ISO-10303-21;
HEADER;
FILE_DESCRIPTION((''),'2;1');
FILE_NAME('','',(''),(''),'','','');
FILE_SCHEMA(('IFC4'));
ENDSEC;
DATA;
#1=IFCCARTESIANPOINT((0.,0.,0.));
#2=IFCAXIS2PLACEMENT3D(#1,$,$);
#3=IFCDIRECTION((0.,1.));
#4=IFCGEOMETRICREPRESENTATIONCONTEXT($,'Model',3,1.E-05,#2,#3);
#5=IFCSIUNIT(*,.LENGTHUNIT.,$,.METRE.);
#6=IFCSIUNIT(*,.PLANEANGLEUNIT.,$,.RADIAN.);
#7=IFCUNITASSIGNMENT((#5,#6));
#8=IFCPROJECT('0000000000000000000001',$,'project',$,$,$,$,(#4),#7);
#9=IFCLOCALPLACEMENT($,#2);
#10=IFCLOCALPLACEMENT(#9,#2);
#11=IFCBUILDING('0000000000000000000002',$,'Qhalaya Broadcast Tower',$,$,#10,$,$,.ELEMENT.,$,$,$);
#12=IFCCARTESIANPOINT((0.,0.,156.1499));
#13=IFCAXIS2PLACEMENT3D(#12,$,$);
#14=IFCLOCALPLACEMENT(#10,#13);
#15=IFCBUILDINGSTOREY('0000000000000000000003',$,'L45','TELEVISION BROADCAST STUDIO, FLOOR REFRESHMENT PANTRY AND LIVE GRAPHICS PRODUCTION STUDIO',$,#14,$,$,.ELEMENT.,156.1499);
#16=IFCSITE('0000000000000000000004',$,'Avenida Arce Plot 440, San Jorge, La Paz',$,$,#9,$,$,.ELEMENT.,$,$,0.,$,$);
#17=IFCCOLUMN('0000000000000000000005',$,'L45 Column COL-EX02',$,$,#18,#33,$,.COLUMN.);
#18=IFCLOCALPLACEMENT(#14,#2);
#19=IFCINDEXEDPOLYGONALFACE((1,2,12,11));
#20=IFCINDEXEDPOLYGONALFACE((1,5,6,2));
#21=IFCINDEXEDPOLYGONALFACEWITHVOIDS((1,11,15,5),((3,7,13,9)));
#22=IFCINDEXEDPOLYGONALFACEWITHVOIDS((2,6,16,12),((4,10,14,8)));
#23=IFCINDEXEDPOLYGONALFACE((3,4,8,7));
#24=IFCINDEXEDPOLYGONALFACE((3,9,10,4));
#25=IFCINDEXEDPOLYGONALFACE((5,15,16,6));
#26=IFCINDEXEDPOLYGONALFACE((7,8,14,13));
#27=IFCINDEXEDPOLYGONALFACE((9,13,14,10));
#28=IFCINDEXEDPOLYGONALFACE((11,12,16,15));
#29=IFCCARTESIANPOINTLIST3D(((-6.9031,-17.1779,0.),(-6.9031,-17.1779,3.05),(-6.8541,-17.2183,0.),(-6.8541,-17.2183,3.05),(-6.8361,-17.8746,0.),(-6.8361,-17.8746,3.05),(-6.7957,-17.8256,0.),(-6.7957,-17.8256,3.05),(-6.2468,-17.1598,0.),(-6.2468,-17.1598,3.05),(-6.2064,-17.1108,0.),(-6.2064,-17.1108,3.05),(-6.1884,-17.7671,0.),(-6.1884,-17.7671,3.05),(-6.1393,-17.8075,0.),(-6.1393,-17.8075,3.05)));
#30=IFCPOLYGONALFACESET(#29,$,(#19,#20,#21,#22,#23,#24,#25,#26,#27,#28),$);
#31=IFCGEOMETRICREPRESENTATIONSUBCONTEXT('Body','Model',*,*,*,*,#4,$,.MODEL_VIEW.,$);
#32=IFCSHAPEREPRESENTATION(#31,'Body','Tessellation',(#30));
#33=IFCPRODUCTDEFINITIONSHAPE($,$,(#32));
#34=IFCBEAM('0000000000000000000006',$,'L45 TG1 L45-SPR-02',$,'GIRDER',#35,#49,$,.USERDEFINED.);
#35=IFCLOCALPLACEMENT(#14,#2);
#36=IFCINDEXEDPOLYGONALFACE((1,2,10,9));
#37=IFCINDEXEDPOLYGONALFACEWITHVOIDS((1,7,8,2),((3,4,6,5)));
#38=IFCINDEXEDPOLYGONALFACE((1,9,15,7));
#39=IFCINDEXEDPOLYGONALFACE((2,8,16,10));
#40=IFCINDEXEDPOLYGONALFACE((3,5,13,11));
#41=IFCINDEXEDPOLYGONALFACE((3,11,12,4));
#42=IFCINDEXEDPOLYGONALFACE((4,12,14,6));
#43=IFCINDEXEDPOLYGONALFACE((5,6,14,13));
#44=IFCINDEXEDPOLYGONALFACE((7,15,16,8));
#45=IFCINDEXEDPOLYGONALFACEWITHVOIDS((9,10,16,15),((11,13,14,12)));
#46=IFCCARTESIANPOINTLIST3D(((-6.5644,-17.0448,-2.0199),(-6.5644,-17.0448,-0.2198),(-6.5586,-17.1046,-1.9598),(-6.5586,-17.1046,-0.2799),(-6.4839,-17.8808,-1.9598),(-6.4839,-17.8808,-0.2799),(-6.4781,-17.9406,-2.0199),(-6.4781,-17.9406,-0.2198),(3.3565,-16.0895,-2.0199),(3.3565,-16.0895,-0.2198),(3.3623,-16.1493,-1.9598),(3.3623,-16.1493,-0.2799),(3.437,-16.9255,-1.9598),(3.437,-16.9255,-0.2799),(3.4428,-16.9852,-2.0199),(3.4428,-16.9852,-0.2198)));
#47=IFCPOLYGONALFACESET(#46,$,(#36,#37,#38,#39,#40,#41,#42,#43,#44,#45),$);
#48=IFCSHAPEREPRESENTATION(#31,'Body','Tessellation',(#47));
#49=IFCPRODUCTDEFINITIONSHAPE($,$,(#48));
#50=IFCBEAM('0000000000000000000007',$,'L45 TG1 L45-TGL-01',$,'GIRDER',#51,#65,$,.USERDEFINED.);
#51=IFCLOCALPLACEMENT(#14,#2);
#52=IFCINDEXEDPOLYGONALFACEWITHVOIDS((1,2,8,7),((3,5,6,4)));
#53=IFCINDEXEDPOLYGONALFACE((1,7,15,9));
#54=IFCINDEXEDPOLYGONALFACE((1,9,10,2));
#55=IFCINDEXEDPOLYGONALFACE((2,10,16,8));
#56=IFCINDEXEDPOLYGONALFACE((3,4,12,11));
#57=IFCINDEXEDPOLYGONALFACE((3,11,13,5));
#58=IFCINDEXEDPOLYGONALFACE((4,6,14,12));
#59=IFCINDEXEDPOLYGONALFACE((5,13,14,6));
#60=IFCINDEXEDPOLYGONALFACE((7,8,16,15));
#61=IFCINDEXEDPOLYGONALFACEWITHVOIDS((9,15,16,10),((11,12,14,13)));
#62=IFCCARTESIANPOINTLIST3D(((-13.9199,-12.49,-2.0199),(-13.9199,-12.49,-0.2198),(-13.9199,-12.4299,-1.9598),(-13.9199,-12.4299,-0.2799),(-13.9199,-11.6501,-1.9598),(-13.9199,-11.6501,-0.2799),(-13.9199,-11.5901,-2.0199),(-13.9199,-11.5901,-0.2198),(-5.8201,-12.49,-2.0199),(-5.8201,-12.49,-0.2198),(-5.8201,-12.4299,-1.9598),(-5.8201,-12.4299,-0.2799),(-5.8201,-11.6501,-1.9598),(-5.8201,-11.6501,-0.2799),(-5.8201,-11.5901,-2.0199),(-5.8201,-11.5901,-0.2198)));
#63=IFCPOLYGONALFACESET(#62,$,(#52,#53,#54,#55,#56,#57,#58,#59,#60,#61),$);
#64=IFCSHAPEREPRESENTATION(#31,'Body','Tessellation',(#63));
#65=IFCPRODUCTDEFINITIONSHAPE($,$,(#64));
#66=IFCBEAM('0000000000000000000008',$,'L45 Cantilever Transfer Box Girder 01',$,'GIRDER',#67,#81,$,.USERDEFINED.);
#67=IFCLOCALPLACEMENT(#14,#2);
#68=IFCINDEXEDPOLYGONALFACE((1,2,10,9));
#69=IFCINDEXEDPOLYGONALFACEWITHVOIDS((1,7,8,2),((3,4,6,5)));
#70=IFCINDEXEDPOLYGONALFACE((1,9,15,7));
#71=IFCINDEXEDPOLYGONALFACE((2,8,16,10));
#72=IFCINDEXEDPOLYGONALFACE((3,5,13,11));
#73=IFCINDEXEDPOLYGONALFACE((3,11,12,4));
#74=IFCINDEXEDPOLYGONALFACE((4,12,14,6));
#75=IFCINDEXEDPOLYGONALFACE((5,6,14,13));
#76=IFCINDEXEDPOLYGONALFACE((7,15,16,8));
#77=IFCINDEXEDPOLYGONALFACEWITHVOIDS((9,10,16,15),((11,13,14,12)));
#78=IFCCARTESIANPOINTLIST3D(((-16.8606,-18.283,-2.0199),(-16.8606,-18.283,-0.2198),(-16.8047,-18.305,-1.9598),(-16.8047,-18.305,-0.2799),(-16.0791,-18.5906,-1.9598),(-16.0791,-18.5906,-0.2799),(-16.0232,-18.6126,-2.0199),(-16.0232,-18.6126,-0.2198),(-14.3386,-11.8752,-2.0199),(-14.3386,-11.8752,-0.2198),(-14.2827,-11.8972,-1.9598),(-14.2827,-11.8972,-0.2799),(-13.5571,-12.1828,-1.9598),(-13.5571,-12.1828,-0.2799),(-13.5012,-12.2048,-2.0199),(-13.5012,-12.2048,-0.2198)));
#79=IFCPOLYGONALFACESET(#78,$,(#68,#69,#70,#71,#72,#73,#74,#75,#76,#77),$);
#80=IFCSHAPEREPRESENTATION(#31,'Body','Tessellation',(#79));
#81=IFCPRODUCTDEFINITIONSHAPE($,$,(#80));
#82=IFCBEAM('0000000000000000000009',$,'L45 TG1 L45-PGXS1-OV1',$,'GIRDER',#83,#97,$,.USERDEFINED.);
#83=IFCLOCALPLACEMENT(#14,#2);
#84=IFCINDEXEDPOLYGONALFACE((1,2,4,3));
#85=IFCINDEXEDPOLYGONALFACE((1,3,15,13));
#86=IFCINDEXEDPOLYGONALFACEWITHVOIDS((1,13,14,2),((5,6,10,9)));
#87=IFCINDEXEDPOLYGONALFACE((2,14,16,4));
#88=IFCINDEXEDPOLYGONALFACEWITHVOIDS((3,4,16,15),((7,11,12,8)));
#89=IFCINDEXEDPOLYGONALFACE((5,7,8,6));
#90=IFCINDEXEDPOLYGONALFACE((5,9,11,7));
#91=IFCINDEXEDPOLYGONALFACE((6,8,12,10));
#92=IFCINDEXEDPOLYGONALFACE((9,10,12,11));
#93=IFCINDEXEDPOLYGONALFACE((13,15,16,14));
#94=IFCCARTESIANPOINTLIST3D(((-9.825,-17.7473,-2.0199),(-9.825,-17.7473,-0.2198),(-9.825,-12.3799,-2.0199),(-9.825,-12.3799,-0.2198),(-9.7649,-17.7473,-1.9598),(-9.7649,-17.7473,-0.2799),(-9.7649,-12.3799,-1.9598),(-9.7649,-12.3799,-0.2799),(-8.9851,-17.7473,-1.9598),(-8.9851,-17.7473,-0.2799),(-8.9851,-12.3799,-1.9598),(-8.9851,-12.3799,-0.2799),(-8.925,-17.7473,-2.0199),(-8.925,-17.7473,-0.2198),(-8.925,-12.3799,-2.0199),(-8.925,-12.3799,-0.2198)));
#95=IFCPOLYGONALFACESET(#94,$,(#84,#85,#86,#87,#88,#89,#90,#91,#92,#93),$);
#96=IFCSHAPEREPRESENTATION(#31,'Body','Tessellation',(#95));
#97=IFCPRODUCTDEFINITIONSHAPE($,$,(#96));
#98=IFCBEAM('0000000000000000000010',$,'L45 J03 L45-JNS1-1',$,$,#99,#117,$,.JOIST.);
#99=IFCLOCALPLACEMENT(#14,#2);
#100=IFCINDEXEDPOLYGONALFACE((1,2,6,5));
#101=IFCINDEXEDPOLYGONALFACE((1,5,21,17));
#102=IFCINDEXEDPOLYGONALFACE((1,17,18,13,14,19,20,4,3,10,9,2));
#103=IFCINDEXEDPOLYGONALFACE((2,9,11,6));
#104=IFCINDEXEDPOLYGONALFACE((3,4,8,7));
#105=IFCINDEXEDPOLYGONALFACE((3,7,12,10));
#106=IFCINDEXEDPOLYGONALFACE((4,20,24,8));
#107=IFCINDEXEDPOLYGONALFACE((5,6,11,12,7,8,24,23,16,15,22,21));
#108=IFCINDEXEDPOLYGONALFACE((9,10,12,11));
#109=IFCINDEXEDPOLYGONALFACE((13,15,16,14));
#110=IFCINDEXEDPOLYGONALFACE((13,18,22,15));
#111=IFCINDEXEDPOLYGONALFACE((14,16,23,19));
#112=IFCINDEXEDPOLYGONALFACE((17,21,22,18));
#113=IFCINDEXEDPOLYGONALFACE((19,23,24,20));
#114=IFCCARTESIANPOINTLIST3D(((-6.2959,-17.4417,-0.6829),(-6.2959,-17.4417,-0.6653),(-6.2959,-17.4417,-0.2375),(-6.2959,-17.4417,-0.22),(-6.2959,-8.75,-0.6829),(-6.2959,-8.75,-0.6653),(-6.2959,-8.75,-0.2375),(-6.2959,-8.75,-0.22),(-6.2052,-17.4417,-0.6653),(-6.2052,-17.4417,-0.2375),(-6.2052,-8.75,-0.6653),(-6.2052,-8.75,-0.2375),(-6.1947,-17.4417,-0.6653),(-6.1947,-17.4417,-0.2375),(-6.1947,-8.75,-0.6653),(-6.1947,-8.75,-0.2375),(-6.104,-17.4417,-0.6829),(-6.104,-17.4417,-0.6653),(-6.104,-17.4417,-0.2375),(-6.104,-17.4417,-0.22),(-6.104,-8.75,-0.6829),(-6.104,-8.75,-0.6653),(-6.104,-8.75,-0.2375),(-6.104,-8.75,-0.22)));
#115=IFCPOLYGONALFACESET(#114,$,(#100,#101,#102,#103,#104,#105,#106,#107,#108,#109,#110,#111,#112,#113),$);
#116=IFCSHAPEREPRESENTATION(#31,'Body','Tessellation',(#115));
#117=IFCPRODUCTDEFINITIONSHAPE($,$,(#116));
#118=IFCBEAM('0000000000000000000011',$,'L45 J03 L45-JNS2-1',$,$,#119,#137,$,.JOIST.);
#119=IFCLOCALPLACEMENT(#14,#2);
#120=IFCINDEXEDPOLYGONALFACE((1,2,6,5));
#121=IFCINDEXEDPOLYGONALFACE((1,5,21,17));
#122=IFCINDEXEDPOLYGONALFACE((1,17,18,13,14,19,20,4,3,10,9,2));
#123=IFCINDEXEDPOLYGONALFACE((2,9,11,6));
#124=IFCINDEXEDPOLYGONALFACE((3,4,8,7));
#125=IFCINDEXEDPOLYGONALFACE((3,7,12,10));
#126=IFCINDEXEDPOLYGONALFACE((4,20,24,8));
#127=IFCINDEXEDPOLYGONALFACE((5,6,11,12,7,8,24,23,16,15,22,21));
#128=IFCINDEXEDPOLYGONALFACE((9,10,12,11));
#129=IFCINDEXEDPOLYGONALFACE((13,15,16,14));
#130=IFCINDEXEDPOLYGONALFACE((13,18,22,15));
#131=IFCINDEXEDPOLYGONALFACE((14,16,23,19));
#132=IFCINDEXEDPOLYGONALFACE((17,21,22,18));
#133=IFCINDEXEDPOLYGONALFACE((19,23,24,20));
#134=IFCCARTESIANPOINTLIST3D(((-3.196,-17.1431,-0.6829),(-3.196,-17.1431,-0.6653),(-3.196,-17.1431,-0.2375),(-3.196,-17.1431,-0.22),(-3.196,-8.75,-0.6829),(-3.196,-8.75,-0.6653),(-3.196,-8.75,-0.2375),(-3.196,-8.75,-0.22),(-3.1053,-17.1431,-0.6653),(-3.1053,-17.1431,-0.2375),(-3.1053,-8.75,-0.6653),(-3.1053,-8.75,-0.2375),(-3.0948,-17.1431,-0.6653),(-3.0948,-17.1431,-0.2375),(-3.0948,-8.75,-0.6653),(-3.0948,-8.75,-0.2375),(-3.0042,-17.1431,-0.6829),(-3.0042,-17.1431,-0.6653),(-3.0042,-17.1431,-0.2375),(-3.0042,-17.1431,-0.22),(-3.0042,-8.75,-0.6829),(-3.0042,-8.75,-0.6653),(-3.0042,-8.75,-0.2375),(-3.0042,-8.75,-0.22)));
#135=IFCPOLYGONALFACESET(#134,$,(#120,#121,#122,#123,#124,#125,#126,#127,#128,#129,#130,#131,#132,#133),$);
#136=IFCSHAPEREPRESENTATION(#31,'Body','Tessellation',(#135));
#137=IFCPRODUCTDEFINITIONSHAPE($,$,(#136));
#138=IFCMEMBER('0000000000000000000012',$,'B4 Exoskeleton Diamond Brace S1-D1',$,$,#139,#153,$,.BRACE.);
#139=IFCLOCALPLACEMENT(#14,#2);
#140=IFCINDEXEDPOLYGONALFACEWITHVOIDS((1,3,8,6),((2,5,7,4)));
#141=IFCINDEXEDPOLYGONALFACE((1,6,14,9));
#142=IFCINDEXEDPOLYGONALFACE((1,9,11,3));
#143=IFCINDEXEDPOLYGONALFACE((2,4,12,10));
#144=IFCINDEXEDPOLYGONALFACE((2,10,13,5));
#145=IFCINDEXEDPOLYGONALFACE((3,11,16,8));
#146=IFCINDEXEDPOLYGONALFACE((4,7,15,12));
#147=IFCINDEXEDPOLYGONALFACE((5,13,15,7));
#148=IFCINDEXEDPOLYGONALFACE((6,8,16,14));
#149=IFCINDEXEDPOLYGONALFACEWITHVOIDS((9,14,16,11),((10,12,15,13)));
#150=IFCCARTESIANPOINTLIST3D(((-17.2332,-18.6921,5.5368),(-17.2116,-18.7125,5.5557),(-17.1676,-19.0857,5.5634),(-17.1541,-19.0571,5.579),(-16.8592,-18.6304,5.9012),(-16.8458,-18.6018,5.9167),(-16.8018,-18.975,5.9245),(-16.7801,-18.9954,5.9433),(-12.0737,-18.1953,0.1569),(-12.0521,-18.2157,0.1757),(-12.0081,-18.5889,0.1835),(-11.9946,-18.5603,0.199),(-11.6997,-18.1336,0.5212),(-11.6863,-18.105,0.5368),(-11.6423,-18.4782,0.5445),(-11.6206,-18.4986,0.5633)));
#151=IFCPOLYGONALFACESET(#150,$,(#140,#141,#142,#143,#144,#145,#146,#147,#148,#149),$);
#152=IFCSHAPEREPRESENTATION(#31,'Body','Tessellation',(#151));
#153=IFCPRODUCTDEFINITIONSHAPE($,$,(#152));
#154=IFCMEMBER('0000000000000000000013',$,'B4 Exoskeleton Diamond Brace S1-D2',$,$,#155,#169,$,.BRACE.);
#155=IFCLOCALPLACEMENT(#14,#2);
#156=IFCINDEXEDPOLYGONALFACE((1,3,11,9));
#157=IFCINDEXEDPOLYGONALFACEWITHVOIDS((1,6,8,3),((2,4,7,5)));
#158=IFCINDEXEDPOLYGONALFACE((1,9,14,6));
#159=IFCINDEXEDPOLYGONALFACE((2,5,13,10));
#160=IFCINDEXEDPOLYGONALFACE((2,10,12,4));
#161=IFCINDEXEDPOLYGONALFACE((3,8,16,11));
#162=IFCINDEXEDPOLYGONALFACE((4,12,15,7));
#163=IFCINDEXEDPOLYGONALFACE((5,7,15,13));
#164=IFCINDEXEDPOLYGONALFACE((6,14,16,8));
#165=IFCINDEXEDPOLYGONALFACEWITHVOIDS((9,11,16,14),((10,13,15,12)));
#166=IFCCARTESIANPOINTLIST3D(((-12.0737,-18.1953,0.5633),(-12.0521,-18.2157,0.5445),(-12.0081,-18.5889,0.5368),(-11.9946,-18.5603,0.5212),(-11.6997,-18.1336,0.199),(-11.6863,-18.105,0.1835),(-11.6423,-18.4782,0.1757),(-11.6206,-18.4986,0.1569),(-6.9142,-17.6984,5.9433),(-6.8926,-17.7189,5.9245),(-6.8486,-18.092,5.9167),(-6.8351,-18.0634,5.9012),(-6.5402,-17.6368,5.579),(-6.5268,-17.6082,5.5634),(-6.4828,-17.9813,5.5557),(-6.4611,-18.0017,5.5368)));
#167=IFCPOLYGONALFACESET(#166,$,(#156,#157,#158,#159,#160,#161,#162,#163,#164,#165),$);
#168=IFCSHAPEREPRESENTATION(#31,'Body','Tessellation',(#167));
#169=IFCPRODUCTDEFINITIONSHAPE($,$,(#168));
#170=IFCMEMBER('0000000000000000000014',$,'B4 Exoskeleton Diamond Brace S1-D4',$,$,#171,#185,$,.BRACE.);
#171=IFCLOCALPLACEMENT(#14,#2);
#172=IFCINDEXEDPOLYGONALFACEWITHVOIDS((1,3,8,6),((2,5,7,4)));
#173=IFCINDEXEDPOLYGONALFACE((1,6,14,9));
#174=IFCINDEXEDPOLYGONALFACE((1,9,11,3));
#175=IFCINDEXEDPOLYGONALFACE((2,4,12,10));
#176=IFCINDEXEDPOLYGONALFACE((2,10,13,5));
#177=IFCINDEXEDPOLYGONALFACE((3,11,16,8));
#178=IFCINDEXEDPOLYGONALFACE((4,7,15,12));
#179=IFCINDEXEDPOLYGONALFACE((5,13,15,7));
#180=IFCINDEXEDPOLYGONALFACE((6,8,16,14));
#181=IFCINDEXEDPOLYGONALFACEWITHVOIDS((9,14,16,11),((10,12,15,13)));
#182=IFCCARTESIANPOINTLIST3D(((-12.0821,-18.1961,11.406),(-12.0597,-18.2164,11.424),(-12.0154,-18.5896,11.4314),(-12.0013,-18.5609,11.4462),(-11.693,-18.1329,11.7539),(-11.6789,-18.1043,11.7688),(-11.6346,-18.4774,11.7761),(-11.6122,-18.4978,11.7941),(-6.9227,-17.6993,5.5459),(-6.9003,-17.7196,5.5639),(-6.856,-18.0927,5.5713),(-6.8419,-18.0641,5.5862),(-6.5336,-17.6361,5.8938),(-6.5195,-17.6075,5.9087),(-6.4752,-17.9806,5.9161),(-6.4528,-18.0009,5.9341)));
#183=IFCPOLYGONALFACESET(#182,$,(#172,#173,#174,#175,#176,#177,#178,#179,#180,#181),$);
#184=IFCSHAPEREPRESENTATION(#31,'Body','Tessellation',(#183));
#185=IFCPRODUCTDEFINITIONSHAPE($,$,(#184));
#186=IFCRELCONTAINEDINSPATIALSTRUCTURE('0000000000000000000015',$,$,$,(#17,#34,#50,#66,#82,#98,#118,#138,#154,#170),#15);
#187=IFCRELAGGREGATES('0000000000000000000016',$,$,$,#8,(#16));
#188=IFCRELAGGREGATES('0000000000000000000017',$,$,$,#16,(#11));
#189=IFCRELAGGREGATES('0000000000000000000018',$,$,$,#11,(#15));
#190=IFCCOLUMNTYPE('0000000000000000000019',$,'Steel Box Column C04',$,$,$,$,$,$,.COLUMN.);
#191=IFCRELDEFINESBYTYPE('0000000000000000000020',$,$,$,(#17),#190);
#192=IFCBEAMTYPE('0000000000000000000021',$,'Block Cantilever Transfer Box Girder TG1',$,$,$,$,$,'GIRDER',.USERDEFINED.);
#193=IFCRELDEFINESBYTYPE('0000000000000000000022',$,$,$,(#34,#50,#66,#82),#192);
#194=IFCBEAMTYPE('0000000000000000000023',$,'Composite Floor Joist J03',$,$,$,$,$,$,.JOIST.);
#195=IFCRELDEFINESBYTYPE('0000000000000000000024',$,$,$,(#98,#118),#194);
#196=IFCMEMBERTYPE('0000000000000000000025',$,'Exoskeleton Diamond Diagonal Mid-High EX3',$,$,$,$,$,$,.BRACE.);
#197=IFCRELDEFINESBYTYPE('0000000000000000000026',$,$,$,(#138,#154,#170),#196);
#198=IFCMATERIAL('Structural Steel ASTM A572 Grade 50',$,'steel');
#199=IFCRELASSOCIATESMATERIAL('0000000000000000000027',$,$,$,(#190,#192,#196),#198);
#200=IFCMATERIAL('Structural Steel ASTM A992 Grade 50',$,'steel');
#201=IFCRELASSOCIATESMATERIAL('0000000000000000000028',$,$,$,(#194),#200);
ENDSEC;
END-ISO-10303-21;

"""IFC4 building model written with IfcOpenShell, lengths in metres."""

from ifc_helpers import new_model, si_unit, direction, frame, origin, origin_2d, place, context, subcontext, project, spatial, hollow_rectangle, i_section, extrude, material, material_profile, profile_set, type_object, element, save


model = new_model("IFC4")

# Units and contexts
model_context = context("Model", 3, precision=1e-05, world=origin(), true_north=direction((0.0, 1.0)))
body_context = subcontext(model_context, "Body", "Model", "MODEL_VIEW")
ifc_project = project(units=[si_unit("LENGTHUNIT", "METRE"), si_unit("PLANEANGLEUNIT", "RADIAN")], contexts=[model_context])

# Site, building, storey
site_placement = place(None, origin())
site = spatial("IfcSite", under=ifc_project, at=site_placement, Name="Avenida Arce Plot 440, San Jorge, La Paz", CompositionType="ELEMENT", RefElevation=0.0)
building_placement = place(site_placement, origin())
building = spatial("IfcBuilding", under=site, at=building_placement, Name="Qhalaya Broadcast Tower", CompositionType="ELEMENT")
storey_placement = place(building_placement, frame((0.0, 0.0, 156.1499)))
storey = spatial("IfcBuildingStorey", under=building, at=storey_placement, Name="L45", Description="TELEVISION BROADCAST STUDIO, FLOOR REFRESHMENT PANTRY AND LIVE GRAPHICS PRODUCTION STUDIO", CompositionType="ELEMENT", Elevation=156.1499)

# Column
ifc_material_1 = material(Name="Structural Steel ASTM A572 Grade 50", Category="steel")
ifc_material_profile_1 = material_profile(ifc_material_1, hollow_rectangle(XDim=0.7, YDim=0.7, WallThickness=0.0449, at=origin_2d()), Name="BOX 700x700x45")
ifc_profile_set_1 = profile_set([ifc_material_profile_1], Name="Structural Steel ASTM A572 Grade 50")
column_type = type_object("IfcColumnType", Name="Steel Box Column C04", PredefinedType="COLUMN", material=ifc_profile_set_1)
column_placement = place(storey_placement, frame((-6.5212, -17.4927, 0.0), z_axis=(0.0, 0.0, 1.0), x_axis=(0.995396, 0.095846, 0.0)))
element("IfcColumn", 1, at=column_placement, inside=storey, type_object=column_type, Name="L45 Column COL-EX02", PredefinedType="COLUMN", context=body_context, shape_type="SweptSolid", body=[
    extrude(hollow_rectangle(XDim=0.7, YDim=0.7, WallThickness=0.0449, at=origin_2d()), origin(), (0.0, 0.0, 1.0), 3.05),
])

# Beams
ifc_material_profile_2 = material_profile(ifc_material_1, hollow_rectangle(XDim=0.8999, YDim=1.8, WallThickness=0.0601, at=origin_2d()), Name="BOX 900x1800x60")
ifc_profile_set_2 = profile_set([ifc_material_profile_2], Name="Structural Steel ASTM A572 Grade 50")
beam_type_1 = type_object("IfcBeamType", Name="Block Cantilever Transfer Box Girder TG1", ElementType="GIRDER", PredefinedType="USERDEFINED", material=ifc_profile_set_2)
beam_1_placement = place(storey_placement, frame((-6.5212, -17.4927, -1.1199), z_axis=(0.995396, 0.095851, 0.0), x_axis=(-0.095851, 0.995396, 0.0)))
element("IfcBeam", 2, at=beam_1_placement, inside=storey, type_object=beam_type_1, Name="L45 TG1 L45-SPR-02", ObjectType="GIRDER", PredefinedType="USERDEFINED", context=body_context, shape_type="SweptSolid", body=[
    extrude(hollow_rectangle(XDim=0.8999, YDim=1.8, WallThickness=0.0601, at=origin_2d()), origin(), (0.0, 0.0, 1.0), 9.9668),
])
beam_2_placement = place(storey_placement, frame((-13.9199, -12.04, -1.1199), z_axis=(1.0, 0.0, 0.0), x_axis=(0.0, 1.0, 0.0)))
element("IfcBeam", 3, at=beam_2_placement, inside=storey, type_object=beam_type_1, Name="L45 TG1 L45-TGL-01", ObjectType="GIRDER", PredefinedType="USERDEFINED", context=body_context, shape_type="SweptSolid", body=[
    extrude(hollow_rectangle(XDim=0.8999, YDim=1.8, WallThickness=0.0601, at=origin_2d()), origin(), (0.0, 0.0, 1.0), 8.0999),
])
beam_3_placement = place(storey_placement, frame((-13.9199, -12.04, -1.1199), z_axis=(-0.366238, -0.930521, 0.0), x_axis=(0.930521, -0.366238, 0.0)))
element("IfcBeam", 4, at=beam_3_placement, inside=storey, type_object=beam_type_1, Name="L45 Cantilever Transfer Box Girder 01", ObjectType="GIRDER", PredefinedType="USERDEFINED", context=body_context, shape_type="SweptSolid", body=[
    extrude(hollow_rectangle(XDim=0.8999, YDim=1.8, WallThickness=0.0601, at=origin_2d()), origin(), (0.0, 0.0, 1.0), 6.8862),
])
beam_4_placement = place(storey_placement, frame((-9.375, -17.7473, -1.1199), z_axis=(0.0, 1.0, 0.0), x_axis=(-1.0, 0.0, 0.0)))
element("IfcBeam", 5, at=beam_4_placement, inside=storey, type_object=beam_type_1, Name="L45 TG1 L45-PGXS1-OV1", ObjectType="GIRDER", PredefinedType="USERDEFINED", context=body_context, shape_type="SweptSolid", body=[
    extrude(hollow_rectangle(XDim=0.8999, YDim=1.8, WallThickness=0.0601, at=origin_2d()), origin(), (0.0, 0.0, 1.0), 5.3674),
])
ifc_material_2 = material(Name="Structural Steel ASTM A992 Grade 50", Category="steel")
ifc_material_profile_3 = material_profile(ifc_material_2, i_section(OverallWidth=0.1919, OverallDepth=0.4629, WebThickness=0.0105, FlangeThickness=0.0176, at=origin_2d()), Name="W18X60")
ifc_profile_set_3 = profile_set([ifc_material_profile_3], Name="Structural Steel ASTM A992 Grade 50")
beam_type_2 = type_object("IfcBeamType", Name="Composite Floor Joist J03", PredefinedType="JOIST", material=ifc_profile_set_3)
beam_5_placement = place(storey_placement, frame((-6.2, -17.4417, -0.4514), z_axis=(0.0, 1.0, 0.0), x_axis=(-1.0, 0.0, 0.0)))
element("IfcBeam", 6, at=beam_5_placement, inside=storey, type_object=beam_type_2, Name="L45 J03 L45-JNS1-1", PredefinedType="JOIST", context=body_context, shape_type="SweptSolid", body=[
    extrude(i_section(OverallWidth=0.1919, OverallDepth=0.4629, WebThickness=0.0105, FlangeThickness=0.0176, at=origin_2d()), origin(), (0.0, 0.0, 1.0), 8.6917),
])
beam_6_placement = place(storey_placement, frame((-3.1001, -17.1431, -0.4514), z_axis=(0.0, 1.0, 0.0), x_axis=(-1.0, 0.0, 0.0)))
element("IfcBeam", 7, at=beam_6_placement, inside=storey, type_object=beam_type_2, Name="L45 J03 L45-JNS2-1", PredefinedType="JOIST", context=body_context, shape_type="SweptSolid", body=[
    extrude(i_section(OverallWidth=0.1919, OverallDepth=0.4629, WebThickness=0.0105, FlangeThickness=0.0176, at=origin_2d()), origin(), (0.0, 0.0, 1.0), 8.3931),
])

# Members
ifc_material_profile_4 = material_profile(ifc_material_1, hollow_rectangle(XDim=0.3999, YDim=0.55, WallThickness=0.0249, at=origin_2d()), Name="BOX 400x550x25")
ifc_profile_set_4 = profile_set([ifc_material_profile_4], Name="Structural Steel ASTM A572 Grade 50")
member_type_1 = type_object("IfcMemberType", Name="Exoskeleton Diamond Diagonal Mid-High EX3", PredefinedType="BRACE", material=ifc_profile_set_4)
for number, where, z_axis, x_axis, name in (
    (8, (-11.8472, -18.3469, 0.3601), (-0.690632, -0.066504, 0.720142), (0.164115, -0.984197, 0.0665), "B4 Exoskeleton Diamond Brace S1-D1"),
    (9, (-11.8472, -18.3469, 0.3601), (0.690632, 0.066504, 0.720142), (-0.164115, 0.984197, 0.0665), "B4 Exoskeleton Diamond Brace S1-D2"),
):
    element("IfcMember", number, at=place(storey_placement, frame(where, z_axis=z_axis, x_axis=x_axis)), inside=storey, type_object=member_type_1, Name=name, PredefinedType="BRACE", context=body_context, shape_type="SweptSolid", body=[
        extrude(hollow_rectangle(XDim=0.3999, YDim=0.55, WallThickness=0.0249, at=origin_2d()), origin(), (0.0, 0.0, 1.0), 7.4707),
    ])
for number, where, z_axis, x_axis, name in (
    (10, (-6.6877, -17.8501, 5.74), (-0.659477, -0.063504, 0.749038), (0.166872, -0.983932, 0.0635), "B4 Exoskeleton Diamond Brace S1-D4"),
):
    element("IfcMember", number, at=place(storey_placement, frame(where, z_axis=z_axis, x_axis=x_axis)), inside=storey, type_object=member_type_1, Name=name, PredefinedType="BRACE", context=body_context, shape_type="SweptSolid", body=[
        extrude(hollow_rectangle(XDim=0.3999, YDim=0.55, WallThickness=0.0249, at=origin_2d()), origin(), (0.0, 0.0, 1.0), 7.8235),
    ])

save(model, "model.ifc")
